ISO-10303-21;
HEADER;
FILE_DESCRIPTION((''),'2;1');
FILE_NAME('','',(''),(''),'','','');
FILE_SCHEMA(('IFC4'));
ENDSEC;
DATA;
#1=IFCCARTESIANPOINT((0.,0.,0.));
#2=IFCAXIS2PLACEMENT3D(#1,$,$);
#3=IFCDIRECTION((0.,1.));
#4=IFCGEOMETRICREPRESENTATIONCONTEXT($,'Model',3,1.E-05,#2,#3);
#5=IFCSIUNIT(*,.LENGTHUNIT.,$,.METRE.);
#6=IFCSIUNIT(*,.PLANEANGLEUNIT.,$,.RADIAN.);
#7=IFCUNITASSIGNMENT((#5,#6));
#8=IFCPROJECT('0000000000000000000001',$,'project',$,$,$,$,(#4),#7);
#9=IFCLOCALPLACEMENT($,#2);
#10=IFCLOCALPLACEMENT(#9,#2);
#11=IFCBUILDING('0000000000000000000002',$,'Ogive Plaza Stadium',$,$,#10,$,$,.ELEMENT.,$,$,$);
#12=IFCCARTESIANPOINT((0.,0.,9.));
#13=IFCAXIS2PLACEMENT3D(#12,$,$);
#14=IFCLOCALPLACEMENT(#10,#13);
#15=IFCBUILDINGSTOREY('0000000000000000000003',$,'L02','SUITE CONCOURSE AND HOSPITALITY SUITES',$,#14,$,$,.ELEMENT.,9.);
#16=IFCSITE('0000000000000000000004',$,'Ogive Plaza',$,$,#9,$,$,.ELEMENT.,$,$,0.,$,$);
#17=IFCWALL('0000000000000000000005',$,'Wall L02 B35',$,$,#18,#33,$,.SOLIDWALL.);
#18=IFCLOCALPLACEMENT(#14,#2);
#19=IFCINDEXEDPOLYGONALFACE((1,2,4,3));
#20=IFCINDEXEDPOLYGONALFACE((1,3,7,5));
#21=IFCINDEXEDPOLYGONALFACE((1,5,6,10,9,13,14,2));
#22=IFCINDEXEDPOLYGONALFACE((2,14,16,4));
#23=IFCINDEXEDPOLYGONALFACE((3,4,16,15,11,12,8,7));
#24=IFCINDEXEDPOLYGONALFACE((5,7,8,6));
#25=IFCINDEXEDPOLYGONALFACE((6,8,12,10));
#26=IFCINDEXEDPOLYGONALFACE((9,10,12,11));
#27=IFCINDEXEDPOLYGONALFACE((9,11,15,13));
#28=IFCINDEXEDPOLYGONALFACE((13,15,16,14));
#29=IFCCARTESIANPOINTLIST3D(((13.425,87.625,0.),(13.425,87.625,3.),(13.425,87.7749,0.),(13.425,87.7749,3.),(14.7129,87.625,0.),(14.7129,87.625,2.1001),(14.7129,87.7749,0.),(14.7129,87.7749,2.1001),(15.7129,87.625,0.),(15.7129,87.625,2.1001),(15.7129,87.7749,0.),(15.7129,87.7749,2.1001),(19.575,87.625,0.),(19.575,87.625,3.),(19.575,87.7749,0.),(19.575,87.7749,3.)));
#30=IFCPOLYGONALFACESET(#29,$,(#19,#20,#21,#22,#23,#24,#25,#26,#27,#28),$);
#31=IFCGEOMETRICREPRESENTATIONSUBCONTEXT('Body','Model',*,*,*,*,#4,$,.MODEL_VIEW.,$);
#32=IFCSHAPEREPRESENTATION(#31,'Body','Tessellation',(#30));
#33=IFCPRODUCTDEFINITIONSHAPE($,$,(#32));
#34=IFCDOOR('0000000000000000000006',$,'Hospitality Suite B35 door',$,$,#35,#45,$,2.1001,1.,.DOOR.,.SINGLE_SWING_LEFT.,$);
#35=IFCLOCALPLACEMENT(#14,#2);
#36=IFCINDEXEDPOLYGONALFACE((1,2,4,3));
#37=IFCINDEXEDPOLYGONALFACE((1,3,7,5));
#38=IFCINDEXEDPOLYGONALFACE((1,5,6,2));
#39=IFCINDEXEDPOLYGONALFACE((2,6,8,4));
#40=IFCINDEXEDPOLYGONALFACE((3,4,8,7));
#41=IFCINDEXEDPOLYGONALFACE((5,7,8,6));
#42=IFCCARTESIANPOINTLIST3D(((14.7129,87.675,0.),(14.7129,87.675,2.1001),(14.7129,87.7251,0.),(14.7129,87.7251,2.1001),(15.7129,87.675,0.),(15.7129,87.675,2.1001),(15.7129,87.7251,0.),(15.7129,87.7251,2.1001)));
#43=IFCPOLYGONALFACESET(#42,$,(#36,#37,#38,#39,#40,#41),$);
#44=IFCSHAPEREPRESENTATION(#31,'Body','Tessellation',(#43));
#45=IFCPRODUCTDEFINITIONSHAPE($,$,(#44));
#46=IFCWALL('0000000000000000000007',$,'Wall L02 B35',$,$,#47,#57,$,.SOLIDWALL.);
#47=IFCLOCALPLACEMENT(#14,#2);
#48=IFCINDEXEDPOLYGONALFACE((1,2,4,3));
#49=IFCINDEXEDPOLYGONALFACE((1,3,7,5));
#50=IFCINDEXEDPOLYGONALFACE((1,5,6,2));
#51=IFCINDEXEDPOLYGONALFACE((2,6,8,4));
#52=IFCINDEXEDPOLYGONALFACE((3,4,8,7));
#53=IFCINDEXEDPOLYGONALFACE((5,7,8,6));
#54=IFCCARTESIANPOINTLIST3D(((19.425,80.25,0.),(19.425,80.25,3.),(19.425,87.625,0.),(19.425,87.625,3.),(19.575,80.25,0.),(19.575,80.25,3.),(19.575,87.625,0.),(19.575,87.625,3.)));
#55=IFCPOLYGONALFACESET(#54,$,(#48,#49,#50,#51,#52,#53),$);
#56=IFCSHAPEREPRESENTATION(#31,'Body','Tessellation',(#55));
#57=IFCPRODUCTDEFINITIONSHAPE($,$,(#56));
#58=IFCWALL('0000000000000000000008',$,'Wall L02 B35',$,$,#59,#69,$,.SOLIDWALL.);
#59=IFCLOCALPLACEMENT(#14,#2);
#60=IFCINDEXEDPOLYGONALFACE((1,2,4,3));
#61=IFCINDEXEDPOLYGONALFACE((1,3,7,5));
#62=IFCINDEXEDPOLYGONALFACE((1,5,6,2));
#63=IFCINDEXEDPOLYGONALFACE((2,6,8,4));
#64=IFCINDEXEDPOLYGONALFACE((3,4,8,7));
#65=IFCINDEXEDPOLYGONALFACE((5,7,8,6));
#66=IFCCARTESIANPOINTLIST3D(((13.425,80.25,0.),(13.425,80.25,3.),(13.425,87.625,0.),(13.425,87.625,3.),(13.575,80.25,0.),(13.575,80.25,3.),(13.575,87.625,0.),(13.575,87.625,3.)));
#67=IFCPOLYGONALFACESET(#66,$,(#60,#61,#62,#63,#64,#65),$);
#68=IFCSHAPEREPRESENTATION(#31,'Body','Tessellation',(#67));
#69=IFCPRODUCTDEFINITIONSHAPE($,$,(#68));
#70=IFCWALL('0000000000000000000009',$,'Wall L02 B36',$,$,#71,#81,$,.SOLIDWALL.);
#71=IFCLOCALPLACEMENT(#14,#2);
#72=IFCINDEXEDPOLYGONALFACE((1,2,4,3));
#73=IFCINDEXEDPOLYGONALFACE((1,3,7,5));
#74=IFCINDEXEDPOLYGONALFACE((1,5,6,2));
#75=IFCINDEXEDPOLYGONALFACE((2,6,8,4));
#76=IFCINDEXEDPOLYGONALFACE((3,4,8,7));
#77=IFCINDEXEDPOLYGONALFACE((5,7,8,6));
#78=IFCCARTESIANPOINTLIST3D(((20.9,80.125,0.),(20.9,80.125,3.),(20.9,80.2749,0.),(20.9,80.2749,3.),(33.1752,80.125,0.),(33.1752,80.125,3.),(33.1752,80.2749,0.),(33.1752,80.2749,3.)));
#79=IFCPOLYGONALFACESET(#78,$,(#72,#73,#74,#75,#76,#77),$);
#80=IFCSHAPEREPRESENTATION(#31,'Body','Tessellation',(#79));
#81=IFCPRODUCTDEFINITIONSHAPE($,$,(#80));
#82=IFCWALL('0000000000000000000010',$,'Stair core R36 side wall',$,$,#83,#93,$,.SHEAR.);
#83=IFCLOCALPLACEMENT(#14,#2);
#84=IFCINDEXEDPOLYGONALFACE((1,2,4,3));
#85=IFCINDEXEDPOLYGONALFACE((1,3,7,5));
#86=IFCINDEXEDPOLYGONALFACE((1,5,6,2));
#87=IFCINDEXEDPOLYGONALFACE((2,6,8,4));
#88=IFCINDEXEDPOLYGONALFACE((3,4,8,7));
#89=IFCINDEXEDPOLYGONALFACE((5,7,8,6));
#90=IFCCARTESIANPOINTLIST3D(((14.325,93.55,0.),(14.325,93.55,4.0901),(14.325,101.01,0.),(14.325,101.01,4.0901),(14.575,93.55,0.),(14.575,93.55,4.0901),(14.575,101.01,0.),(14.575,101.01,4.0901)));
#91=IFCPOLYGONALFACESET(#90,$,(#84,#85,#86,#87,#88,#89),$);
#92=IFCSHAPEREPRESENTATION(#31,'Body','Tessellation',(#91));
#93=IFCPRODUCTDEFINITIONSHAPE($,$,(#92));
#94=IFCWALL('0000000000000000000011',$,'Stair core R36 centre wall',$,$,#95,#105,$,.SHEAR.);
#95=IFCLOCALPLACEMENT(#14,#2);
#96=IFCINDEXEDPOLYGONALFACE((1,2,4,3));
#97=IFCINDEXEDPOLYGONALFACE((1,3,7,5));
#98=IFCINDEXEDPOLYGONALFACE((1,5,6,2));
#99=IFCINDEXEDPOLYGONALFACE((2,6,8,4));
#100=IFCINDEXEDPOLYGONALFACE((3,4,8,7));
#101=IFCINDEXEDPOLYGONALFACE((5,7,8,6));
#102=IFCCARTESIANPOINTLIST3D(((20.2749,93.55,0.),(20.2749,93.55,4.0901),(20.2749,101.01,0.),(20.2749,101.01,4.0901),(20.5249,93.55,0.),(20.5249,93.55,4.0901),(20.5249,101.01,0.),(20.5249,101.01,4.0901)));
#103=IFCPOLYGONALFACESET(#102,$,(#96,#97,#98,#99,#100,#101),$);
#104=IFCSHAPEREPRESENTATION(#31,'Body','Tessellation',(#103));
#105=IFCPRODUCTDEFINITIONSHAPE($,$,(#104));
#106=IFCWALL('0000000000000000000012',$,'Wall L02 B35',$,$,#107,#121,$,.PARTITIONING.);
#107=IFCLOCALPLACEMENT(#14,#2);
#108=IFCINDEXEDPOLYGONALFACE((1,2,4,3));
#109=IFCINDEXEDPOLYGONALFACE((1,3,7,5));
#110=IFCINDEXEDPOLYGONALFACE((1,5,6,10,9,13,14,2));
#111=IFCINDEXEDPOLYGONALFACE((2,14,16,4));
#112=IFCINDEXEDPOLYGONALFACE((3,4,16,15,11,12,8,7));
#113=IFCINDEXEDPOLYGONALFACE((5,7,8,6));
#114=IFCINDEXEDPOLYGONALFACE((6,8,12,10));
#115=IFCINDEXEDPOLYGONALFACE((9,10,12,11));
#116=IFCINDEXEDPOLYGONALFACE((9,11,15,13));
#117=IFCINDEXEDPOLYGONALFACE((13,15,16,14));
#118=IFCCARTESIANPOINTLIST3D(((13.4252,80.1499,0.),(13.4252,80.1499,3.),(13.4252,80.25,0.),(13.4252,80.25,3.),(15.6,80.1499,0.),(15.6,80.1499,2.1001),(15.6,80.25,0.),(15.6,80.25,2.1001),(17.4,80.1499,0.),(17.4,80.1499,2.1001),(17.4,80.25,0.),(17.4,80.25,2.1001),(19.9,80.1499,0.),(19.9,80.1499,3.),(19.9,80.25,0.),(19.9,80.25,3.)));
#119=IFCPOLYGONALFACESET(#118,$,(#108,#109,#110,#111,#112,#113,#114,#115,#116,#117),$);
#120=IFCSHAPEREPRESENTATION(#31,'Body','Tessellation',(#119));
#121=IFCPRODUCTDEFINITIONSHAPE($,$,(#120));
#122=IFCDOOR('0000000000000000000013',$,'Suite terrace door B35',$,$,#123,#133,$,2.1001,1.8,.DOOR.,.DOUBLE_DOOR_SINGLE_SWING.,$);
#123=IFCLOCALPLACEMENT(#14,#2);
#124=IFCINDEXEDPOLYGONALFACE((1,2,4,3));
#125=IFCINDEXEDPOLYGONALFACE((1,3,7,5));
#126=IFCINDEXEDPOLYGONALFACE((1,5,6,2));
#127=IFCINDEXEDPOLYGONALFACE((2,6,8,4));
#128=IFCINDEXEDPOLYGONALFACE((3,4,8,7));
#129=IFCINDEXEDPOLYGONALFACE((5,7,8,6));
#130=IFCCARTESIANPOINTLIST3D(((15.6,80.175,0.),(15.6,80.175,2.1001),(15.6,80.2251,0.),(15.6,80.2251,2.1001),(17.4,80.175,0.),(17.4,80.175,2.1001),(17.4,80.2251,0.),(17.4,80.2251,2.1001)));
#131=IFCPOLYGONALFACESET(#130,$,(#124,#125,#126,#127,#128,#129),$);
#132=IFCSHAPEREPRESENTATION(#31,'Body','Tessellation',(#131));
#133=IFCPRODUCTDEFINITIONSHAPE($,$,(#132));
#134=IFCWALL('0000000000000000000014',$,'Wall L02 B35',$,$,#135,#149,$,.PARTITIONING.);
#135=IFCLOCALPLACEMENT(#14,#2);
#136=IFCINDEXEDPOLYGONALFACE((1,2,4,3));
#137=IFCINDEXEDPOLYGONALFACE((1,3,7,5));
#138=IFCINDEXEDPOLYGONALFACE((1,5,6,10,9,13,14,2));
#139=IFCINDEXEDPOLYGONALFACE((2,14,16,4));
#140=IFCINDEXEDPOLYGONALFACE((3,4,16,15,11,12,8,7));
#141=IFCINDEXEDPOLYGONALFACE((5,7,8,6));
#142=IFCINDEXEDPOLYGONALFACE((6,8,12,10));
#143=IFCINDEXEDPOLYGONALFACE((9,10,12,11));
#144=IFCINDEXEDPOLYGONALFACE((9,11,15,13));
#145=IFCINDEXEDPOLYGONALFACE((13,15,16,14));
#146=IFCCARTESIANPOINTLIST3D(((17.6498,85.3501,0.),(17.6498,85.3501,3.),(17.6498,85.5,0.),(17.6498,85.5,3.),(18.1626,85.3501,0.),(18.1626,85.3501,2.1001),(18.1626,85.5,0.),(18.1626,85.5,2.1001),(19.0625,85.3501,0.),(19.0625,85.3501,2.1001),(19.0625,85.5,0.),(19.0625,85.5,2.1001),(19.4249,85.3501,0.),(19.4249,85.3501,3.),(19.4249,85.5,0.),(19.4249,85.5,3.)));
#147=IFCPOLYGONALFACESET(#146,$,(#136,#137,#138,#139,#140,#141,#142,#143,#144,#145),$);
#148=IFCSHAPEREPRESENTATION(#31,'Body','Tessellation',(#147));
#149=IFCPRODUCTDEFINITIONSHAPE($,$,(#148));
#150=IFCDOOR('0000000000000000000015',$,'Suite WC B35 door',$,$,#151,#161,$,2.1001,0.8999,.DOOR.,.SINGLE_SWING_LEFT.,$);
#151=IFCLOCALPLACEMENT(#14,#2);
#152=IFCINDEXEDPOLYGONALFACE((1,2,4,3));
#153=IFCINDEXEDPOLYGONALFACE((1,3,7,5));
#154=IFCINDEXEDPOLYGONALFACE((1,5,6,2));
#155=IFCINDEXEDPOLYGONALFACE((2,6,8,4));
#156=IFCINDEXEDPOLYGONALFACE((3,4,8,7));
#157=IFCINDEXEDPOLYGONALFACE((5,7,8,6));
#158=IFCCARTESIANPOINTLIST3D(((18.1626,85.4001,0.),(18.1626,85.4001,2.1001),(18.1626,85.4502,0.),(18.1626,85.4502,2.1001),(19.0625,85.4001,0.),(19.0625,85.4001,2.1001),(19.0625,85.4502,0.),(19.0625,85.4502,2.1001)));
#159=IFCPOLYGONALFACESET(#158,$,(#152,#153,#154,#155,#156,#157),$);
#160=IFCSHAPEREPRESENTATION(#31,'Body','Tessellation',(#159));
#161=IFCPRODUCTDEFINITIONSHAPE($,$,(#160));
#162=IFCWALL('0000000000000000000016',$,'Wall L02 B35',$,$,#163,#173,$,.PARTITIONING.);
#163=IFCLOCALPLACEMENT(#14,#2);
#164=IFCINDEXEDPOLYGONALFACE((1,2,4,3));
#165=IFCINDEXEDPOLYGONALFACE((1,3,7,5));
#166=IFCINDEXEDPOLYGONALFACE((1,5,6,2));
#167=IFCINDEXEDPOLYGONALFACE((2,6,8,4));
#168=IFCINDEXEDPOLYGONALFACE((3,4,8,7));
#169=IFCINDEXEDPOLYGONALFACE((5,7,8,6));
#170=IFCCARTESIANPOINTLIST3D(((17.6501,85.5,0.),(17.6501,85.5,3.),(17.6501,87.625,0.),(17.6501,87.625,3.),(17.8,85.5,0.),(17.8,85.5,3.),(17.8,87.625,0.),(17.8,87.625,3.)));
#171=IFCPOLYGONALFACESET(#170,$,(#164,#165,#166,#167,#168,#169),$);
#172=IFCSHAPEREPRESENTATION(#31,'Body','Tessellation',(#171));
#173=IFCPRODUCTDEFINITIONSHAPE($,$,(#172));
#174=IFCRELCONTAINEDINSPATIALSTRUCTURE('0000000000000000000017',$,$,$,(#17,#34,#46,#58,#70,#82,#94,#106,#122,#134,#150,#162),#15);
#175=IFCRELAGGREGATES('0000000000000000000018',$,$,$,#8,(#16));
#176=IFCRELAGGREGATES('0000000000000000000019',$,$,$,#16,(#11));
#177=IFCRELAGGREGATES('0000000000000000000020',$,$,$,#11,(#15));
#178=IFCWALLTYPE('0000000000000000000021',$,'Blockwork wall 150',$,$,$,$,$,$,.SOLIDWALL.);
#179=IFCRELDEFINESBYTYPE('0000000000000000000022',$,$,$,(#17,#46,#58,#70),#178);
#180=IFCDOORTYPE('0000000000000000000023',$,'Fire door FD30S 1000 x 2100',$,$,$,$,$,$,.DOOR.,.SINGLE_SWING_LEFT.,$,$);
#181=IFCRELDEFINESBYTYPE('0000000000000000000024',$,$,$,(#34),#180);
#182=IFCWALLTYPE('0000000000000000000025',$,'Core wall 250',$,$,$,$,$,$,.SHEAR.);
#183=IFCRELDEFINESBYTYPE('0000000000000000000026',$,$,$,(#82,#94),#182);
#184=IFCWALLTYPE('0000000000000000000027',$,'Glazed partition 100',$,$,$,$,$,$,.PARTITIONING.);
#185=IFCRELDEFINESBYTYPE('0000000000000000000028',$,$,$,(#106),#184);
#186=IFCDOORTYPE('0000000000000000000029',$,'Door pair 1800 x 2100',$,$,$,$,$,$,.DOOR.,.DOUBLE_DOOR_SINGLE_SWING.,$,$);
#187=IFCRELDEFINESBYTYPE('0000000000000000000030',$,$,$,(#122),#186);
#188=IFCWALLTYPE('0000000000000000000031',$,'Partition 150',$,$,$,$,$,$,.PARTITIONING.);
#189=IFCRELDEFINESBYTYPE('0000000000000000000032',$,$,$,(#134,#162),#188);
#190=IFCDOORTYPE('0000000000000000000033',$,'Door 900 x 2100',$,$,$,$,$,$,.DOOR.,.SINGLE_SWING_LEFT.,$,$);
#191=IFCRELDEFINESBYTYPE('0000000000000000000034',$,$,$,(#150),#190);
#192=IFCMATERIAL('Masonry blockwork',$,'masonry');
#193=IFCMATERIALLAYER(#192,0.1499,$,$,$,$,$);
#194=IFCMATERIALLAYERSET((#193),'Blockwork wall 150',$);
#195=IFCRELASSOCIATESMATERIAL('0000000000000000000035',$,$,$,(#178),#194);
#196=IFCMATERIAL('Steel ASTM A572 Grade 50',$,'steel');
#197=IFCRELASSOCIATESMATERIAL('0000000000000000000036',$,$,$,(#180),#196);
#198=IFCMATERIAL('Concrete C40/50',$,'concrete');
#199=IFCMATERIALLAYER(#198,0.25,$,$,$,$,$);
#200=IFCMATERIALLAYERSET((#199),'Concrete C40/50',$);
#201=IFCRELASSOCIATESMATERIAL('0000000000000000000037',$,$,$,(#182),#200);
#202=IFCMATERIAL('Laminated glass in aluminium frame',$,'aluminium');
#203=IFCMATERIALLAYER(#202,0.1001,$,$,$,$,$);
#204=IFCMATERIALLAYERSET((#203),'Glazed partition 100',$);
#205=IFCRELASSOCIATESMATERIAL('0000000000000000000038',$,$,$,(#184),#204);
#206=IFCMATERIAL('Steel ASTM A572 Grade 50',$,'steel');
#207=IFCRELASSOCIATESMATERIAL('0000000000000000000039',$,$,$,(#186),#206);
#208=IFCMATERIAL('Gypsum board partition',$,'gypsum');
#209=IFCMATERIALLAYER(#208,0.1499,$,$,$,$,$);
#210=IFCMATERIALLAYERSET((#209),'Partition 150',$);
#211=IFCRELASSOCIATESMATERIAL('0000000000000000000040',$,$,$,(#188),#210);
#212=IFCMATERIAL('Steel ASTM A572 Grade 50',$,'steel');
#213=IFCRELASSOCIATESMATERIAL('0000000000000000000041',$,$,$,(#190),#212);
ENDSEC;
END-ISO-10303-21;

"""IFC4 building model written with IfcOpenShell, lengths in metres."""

from ifc_helpers import new_model, si_unit, direction, frame, frame_2d, origin, place, context, subcontext, project, spatial, rectangle, extrude, material, layer, layer_set, type_object, element, fill, save


model = new_model("IFC4")

# Units and contexts
model_context = context("Model", 3, precision=1e-05, world=origin(), true_north=direction((0.0, 1.0)))
body_context = subcontext(model_context, "Body", "Model", "MODEL_VIEW")
ifc_project = project(units=[si_unit("LENGTHUNIT", "METRE"), si_unit("PLANEANGLEUNIT", "RADIAN")], contexts=[model_context])

# Site, building, storey
site_placement = place(None, origin())
site = spatial("IfcSite", under=ifc_project, at=site_placement, Name="Ogive Plaza", CompositionType="ELEMENT", RefElevation=0.0)
building_placement = place(site_placement, origin())
building = spatial("IfcBuilding", under=site, at=building_placement, Name="Ogive Plaza Stadium", CompositionType="ELEMENT")
storey_placement = place(building_placement, frame((0.0, 0.0, 9.0)))
storey = spatial("IfcBuildingStorey", under=building, at=storey_placement, Name="L02", Description="SUITE CONCOURSE AND HOSPITALITY SUITES", CompositionType="ELEMENT", Elevation=9.0)

# Shared definitions
ifc_material_1 = material(Name="Masonry blockwork", Category="masonry")
ifc_layer_1 = layer(ifc_material_1, 0.1499)
ifc_layer_set_1 = layer_set([ifc_layer_1], Name="Blockwork wall 150")
wall_type_1 = type_object("IfcWallType", Name="Blockwork wall 150", PredefinedType="SOLIDWALL", material=ifc_layer_set_1)

# Wall, opening, door
wall_1_placement = place(storey_placement, frame((19.575, 87.7, 0.0), z_axis=(0.0, 0.0, 1.0), x_axis=(-1.0, 0.0, 0.0)))
wall_1 = element("IfcWall", 1, at=wall_1_placement, inside=storey, type_object=wall_type_1, Name="Wall L02 B35", PredefinedType="SOLIDWALL", context=body_context, shape_type="SweptSolid", body=[
    extrude(rectangle(XDim=6.1499, YDim=0.1499, at=frame_2d((3.075, 0.0))), origin(), (0.0, 0.0, 1.0), 3.0),
])
opening_1_placement = place(wall_1_placement, frame((3.8621, 0.0, 0.0)))
opening_1 = element("IfcOpeningElement", 2, at=opening_1_placement, cuts=wall_1, PredefinedType="OPENING", context=body_context, shape_type="SweptSolid", body=[
    extrude(rectangle(XDim=1.0, YDim=2.1001, at=frame_2d((0.5, 1.05))), frame((0.0, 0.075, 0.0), z_axis=(0.0, -1.0, 0.0), x_axis=(1.0, 0.0, 0.0)), (0.0, 0.0, 1.0), 0.1499),
])
ifc_material_2 = material(Name="Steel ASTM A572 Grade 50", Category="steel")
door_type_1 = type_object("IfcDoorType", Name="Fire door FD30S 1000 x 2100", OperationType="SINGLE_SWING_LEFT", PredefinedType="DOOR", material=ifc_material_2)
door_1_placement = place(opening_1_placement, origin())
door_1 = element("IfcDoor", 3, at=door_1_placement, inside=storey, type_object=door_type_1, Name="Hospitality Suite B35 door", OperationType="SINGLE_SWING_LEFT", OverallHeight=2.1001, OverallWidth=1.0, PredefinedType="DOOR", context=body_context, shape_type="SweptSolid", body=[
    extrude(rectangle(XDim=1.0, YDim=2.1001, at=frame_2d((0.5, 1.05))), frame((0.0, 0.0249, 0.0), z_axis=(0.0, -1.0, 0.0), x_axis=(1.0, 0.0, 0.0)), (0.0, 0.0, 1.0), 0.05),
])
fill(opening_1, door_1)

# Walls
for number, where, z_axis, x_axis, name in (
    (4, (19.5, 80.25, 0.0), (0.0, 0.0, 1.0), (0.0, 1.0, 0.0), "Wall L02 B35"),
    (5, (13.5, 80.25, 0.0), (0.0, 0.0, 1.0), (0.0, 1.0, 0.0), "Wall L02 B35"),
):
    element("IfcWall", number, at=place(storey_placement, frame(where, z_axis=z_axis, x_axis=x_axis)), inside=storey, type_object=wall_type_1, Name=name, PredefinedType="SOLIDWALL", context=body_context, shape_type="SweptSolid", body=[
        extrude(rectangle(XDim=7.375, YDim=0.1499, at=frame_2d((3.6875, 0.0))), origin(), (0.0, 0.0, 1.0), 3.0),
    ])
wall_2_placement = place(storey_placement, frame((20.8999, 80.2, 0.0), z_axis=(0.0, 0.0, 1.0), x_axis=(1.0, 0.0, 0.0)))
element("IfcWall", 6, at=wall_2_placement, inside=storey, type_object=wall_type_1, Name="Wall L02 B36", PredefinedType="SOLIDWALL", context=body_context, shape_type="SweptSolid", body=[
    extrude(rectangle(XDim=12.2751, YDim=0.1499, at=frame_2d((6.1377, 0.0))), origin(), (0.0, 0.0, 1.0), 3.0),
])
ifc_material_3 = material(Name="Concrete C40/50", Category="concrete")
ifc_layer_2 = layer(ifc_material_3, 0.25)
ifc_layer_set_2 = layer_set([ifc_layer_2], Name="Concrete C40/50")
wall_type_2 = type_object("IfcWallType", Name="Core wall 250", PredefinedType="SHEAR", material=ifc_layer_set_2)
for number, where, z_axis, x_axis, name in (
    (7, (14.45, 93.55, 0.0), (0.0, 0.0, 1.0), (0.0, 1.0, 0.0), "Stair core R36 side wall"),
    (8, (20.3999, 93.55, 0.0), (0.0, 0.0, 1.0), (0.0, 1.0, 0.0), "Stair core R36 centre wall"),
):
    element("IfcWall", number, at=place(storey_placement, frame(where, z_axis=z_axis, x_axis=x_axis)), inside=storey, type_object=wall_type_2, Name=name, PredefinedType="SHEAR", context=body_context, shape_type="SweptSolid", body=[
        extrude(rectangle(XDim=7.46, YDim=0.25, at=frame_2d((3.73, 0.0))), origin(), (0.0, 0.0, 1.0), 4.0901),
    ])

# Walls, openings, doors
ifc_material_4 = material(Name="Laminated glass in aluminium frame", Category="aluminium")
ifc_layer_3 = layer(ifc_material_4, 0.1001)
ifc_layer_set_3 = layer_set([ifc_layer_3], Name="Glazed partition 100")
wall_type_3 = type_object("IfcWallType", Name="Glazed partition 100", PredefinedType="PARTITIONING", material=ifc_layer_set_3)
wall_3_placement = place(storey_placement, frame((19.8999, 80.2, 0.0), z_axis=(0.0, 0.0, 1.0), x_axis=(-1.0, 0.0, 0.0)))
wall_3 = element("IfcWall", 9, at=wall_3_placement, inside=storey, type_object=wall_type_3, Name="Wall L02 B35", PredefinedType="PARTITIONING", context=body_context, shape_type="SweptSolid", body=[
    extrude(rectangle(XDim=6.4749, YDim=0.1001, at=frame_2d((3.2373, 0.0))), origin(), (0.0, 0.0, 1.0), 3.0),
])
opening_2_placement = place(wall_3_placement, frame((2.5, 0.0, 0.0)))
opening_2 = element("IfcOpeningElement", 10, at=opening_2_placement, cuts=wall_3, PredefinedType="OPENING", context=body_context, shape_type="SweptSolid", body=[
    extrude(rectangle(XDim=1.8, YDim=2.1001, at=frame_2d((0.8999, 1.05))), frame((0.0, 0.05, 0.0), z_axis=(0.0, -1.0, 0.0), x_axis=(1.0, 0.0, 0.0)), (0.0, 0.0, 1.0), 0.1001),
])
ifc_material_5 = material(Name="Steel ASTM A572 Grade 50", Category="steel")
door_type_2 = type_object("IfcDoorType", Name="Door pair 1800 x 2100", OperationType="DOUBLE_DOOR_SINGLE_SWING", PredefinedType="DOOR", material=ifc_material_5)
door_2_placement = place(opening_2_placement, origin())
door_2 = element("IfcDoor", 11, at=door_2_placement, inside=storey, type_object=door_type_2, Name="Suite terrace door B35", OperationType="DOUBLE_DOOR_SINGLE_SWING", OverallHeight=2.1001, OverallWidth=1.8, PredefinedType="DOOR", context=body_context, shape_type="SweptSolid", body=[
    extrude(rectangle(XDim=1.8, YDim=2.1001, at=frame_2d((0.8999, 1.05))), frame((0.0, 0.0249, 0.0), z_axis=(0.0, -1.0, 0.0), x_axis=(1.0, 0.0, 0.0)), (0.0, 0.0, 1.0), 0.05),
])
fill(opening_2, door_2)
ifc_material_6 = material(Name="Gypsum board partition", Category="gypsum")
ifc_layer_4 = layer(ifc_material_6, 0.1499)
ifc_layer_set_4 = layer_set([ifc_layer_4], Name="Partition 150")
wall_type_4 = type_object("IfcWallType", Name="Partition 150", PredefinedType="PARTITIONING", material=ifc_layer_set_4)
wall_4_placement = place(storey_placement, frame((19.425, 85.425, 0.0), z_axis=(0.0, 0.0, 1.0), x_axis=(-1.0, 0.0, 0.0)))
wall_4 = element("IfcWall", 12, at=wall_4_placement, inside=storey, type_object=wall_type_4, Name="Wall L02 B35", PredefinedType="PARTITIONING", context=body_context, shape_type="SweptSolid", body=[
    extrude(rectangle(XDim=1.7751, YDim=0.1499, at=frame_2d((0.8877, 0.0))), origin(), (0.0, 0.0, 1.0), 3.0),
])
opening_3_placement = place(wall_4_placement, frame((0.3625, 0.0, 0.0)))
opening_3 = element("IfcOpeningElement", 13, at=opening_3_placement, cuts=wall_4, PredefinedType="OPENING", context=body_context, shape_type="SweptSolid", body=[
    extrude(rectangle(XDim=0.8999, YDim=2.1001, at=frame_2d((0.45, 1.05))), frame((0.0, 0.075, 0.0), z_axis=(0.0, -1.0, 0.0), x_axis=(1.0, 0.0, 0.0)), (0.0, 0.0, 1.0), 0.1499),
])
ifc_material_7 = material(Name="Steel ASTM A572 Grade 50", Category="steel")
door_type_3 = type_object("IfcDoorType", Name="Door 900 x 2100", OperationType="SINGLE_SWING_LEFT", PredefinedType="DOOR", material=ifc_material_7)
door_3_placement = place(opening_3_placement, origin())
door_3 = element("IfcDoor", 14, at=door_3_placement, inside=storey, type_object=door_type_3, Name="Suite WC B35 door", OperationType="SINGLE_SWING_LEFT", OverallHeight=2.1001, OverallWidth=0.8999, PredefinedType="DOOR", context=body_context, shape_type="SweptSolid", body=[
    extrude(rectangle(XDim=0.8999, YDim=2.1001, at=frame_2d((0.45, 1.05))), frame((0.0, 0.0249, 0.0), z_axis=(0.0, -1.0, 0.0), x_axis=(1.0, 0.0, 0.0)), (0.0, 0.0, 1.0), 0.05),
])
fill(opening_3, door_3)

# Wall
wall_5_placement = place(storey_placement, frame((17.7251, 85.5, 0.0), z_axis=(0.0, 0.0, 1.0), x_axis=(0.0, 1.0, 0.0)))
element("IfcWall", 15, at=wall_5_placement, inside=storey, type_object=wall_type_4, Name="Wall L02 B35", PredefinedType="PARTITIONING", context=body_context, shape_type="SweptSolid", body=[
    extrude(rectangle(XDim=2.125, YDim=0.1499, at=frame_2d((1.0625, 0.0))), origin(), (0.0, 0.0, 1.0), 3.0),
])

save(model, "model.ifc")
